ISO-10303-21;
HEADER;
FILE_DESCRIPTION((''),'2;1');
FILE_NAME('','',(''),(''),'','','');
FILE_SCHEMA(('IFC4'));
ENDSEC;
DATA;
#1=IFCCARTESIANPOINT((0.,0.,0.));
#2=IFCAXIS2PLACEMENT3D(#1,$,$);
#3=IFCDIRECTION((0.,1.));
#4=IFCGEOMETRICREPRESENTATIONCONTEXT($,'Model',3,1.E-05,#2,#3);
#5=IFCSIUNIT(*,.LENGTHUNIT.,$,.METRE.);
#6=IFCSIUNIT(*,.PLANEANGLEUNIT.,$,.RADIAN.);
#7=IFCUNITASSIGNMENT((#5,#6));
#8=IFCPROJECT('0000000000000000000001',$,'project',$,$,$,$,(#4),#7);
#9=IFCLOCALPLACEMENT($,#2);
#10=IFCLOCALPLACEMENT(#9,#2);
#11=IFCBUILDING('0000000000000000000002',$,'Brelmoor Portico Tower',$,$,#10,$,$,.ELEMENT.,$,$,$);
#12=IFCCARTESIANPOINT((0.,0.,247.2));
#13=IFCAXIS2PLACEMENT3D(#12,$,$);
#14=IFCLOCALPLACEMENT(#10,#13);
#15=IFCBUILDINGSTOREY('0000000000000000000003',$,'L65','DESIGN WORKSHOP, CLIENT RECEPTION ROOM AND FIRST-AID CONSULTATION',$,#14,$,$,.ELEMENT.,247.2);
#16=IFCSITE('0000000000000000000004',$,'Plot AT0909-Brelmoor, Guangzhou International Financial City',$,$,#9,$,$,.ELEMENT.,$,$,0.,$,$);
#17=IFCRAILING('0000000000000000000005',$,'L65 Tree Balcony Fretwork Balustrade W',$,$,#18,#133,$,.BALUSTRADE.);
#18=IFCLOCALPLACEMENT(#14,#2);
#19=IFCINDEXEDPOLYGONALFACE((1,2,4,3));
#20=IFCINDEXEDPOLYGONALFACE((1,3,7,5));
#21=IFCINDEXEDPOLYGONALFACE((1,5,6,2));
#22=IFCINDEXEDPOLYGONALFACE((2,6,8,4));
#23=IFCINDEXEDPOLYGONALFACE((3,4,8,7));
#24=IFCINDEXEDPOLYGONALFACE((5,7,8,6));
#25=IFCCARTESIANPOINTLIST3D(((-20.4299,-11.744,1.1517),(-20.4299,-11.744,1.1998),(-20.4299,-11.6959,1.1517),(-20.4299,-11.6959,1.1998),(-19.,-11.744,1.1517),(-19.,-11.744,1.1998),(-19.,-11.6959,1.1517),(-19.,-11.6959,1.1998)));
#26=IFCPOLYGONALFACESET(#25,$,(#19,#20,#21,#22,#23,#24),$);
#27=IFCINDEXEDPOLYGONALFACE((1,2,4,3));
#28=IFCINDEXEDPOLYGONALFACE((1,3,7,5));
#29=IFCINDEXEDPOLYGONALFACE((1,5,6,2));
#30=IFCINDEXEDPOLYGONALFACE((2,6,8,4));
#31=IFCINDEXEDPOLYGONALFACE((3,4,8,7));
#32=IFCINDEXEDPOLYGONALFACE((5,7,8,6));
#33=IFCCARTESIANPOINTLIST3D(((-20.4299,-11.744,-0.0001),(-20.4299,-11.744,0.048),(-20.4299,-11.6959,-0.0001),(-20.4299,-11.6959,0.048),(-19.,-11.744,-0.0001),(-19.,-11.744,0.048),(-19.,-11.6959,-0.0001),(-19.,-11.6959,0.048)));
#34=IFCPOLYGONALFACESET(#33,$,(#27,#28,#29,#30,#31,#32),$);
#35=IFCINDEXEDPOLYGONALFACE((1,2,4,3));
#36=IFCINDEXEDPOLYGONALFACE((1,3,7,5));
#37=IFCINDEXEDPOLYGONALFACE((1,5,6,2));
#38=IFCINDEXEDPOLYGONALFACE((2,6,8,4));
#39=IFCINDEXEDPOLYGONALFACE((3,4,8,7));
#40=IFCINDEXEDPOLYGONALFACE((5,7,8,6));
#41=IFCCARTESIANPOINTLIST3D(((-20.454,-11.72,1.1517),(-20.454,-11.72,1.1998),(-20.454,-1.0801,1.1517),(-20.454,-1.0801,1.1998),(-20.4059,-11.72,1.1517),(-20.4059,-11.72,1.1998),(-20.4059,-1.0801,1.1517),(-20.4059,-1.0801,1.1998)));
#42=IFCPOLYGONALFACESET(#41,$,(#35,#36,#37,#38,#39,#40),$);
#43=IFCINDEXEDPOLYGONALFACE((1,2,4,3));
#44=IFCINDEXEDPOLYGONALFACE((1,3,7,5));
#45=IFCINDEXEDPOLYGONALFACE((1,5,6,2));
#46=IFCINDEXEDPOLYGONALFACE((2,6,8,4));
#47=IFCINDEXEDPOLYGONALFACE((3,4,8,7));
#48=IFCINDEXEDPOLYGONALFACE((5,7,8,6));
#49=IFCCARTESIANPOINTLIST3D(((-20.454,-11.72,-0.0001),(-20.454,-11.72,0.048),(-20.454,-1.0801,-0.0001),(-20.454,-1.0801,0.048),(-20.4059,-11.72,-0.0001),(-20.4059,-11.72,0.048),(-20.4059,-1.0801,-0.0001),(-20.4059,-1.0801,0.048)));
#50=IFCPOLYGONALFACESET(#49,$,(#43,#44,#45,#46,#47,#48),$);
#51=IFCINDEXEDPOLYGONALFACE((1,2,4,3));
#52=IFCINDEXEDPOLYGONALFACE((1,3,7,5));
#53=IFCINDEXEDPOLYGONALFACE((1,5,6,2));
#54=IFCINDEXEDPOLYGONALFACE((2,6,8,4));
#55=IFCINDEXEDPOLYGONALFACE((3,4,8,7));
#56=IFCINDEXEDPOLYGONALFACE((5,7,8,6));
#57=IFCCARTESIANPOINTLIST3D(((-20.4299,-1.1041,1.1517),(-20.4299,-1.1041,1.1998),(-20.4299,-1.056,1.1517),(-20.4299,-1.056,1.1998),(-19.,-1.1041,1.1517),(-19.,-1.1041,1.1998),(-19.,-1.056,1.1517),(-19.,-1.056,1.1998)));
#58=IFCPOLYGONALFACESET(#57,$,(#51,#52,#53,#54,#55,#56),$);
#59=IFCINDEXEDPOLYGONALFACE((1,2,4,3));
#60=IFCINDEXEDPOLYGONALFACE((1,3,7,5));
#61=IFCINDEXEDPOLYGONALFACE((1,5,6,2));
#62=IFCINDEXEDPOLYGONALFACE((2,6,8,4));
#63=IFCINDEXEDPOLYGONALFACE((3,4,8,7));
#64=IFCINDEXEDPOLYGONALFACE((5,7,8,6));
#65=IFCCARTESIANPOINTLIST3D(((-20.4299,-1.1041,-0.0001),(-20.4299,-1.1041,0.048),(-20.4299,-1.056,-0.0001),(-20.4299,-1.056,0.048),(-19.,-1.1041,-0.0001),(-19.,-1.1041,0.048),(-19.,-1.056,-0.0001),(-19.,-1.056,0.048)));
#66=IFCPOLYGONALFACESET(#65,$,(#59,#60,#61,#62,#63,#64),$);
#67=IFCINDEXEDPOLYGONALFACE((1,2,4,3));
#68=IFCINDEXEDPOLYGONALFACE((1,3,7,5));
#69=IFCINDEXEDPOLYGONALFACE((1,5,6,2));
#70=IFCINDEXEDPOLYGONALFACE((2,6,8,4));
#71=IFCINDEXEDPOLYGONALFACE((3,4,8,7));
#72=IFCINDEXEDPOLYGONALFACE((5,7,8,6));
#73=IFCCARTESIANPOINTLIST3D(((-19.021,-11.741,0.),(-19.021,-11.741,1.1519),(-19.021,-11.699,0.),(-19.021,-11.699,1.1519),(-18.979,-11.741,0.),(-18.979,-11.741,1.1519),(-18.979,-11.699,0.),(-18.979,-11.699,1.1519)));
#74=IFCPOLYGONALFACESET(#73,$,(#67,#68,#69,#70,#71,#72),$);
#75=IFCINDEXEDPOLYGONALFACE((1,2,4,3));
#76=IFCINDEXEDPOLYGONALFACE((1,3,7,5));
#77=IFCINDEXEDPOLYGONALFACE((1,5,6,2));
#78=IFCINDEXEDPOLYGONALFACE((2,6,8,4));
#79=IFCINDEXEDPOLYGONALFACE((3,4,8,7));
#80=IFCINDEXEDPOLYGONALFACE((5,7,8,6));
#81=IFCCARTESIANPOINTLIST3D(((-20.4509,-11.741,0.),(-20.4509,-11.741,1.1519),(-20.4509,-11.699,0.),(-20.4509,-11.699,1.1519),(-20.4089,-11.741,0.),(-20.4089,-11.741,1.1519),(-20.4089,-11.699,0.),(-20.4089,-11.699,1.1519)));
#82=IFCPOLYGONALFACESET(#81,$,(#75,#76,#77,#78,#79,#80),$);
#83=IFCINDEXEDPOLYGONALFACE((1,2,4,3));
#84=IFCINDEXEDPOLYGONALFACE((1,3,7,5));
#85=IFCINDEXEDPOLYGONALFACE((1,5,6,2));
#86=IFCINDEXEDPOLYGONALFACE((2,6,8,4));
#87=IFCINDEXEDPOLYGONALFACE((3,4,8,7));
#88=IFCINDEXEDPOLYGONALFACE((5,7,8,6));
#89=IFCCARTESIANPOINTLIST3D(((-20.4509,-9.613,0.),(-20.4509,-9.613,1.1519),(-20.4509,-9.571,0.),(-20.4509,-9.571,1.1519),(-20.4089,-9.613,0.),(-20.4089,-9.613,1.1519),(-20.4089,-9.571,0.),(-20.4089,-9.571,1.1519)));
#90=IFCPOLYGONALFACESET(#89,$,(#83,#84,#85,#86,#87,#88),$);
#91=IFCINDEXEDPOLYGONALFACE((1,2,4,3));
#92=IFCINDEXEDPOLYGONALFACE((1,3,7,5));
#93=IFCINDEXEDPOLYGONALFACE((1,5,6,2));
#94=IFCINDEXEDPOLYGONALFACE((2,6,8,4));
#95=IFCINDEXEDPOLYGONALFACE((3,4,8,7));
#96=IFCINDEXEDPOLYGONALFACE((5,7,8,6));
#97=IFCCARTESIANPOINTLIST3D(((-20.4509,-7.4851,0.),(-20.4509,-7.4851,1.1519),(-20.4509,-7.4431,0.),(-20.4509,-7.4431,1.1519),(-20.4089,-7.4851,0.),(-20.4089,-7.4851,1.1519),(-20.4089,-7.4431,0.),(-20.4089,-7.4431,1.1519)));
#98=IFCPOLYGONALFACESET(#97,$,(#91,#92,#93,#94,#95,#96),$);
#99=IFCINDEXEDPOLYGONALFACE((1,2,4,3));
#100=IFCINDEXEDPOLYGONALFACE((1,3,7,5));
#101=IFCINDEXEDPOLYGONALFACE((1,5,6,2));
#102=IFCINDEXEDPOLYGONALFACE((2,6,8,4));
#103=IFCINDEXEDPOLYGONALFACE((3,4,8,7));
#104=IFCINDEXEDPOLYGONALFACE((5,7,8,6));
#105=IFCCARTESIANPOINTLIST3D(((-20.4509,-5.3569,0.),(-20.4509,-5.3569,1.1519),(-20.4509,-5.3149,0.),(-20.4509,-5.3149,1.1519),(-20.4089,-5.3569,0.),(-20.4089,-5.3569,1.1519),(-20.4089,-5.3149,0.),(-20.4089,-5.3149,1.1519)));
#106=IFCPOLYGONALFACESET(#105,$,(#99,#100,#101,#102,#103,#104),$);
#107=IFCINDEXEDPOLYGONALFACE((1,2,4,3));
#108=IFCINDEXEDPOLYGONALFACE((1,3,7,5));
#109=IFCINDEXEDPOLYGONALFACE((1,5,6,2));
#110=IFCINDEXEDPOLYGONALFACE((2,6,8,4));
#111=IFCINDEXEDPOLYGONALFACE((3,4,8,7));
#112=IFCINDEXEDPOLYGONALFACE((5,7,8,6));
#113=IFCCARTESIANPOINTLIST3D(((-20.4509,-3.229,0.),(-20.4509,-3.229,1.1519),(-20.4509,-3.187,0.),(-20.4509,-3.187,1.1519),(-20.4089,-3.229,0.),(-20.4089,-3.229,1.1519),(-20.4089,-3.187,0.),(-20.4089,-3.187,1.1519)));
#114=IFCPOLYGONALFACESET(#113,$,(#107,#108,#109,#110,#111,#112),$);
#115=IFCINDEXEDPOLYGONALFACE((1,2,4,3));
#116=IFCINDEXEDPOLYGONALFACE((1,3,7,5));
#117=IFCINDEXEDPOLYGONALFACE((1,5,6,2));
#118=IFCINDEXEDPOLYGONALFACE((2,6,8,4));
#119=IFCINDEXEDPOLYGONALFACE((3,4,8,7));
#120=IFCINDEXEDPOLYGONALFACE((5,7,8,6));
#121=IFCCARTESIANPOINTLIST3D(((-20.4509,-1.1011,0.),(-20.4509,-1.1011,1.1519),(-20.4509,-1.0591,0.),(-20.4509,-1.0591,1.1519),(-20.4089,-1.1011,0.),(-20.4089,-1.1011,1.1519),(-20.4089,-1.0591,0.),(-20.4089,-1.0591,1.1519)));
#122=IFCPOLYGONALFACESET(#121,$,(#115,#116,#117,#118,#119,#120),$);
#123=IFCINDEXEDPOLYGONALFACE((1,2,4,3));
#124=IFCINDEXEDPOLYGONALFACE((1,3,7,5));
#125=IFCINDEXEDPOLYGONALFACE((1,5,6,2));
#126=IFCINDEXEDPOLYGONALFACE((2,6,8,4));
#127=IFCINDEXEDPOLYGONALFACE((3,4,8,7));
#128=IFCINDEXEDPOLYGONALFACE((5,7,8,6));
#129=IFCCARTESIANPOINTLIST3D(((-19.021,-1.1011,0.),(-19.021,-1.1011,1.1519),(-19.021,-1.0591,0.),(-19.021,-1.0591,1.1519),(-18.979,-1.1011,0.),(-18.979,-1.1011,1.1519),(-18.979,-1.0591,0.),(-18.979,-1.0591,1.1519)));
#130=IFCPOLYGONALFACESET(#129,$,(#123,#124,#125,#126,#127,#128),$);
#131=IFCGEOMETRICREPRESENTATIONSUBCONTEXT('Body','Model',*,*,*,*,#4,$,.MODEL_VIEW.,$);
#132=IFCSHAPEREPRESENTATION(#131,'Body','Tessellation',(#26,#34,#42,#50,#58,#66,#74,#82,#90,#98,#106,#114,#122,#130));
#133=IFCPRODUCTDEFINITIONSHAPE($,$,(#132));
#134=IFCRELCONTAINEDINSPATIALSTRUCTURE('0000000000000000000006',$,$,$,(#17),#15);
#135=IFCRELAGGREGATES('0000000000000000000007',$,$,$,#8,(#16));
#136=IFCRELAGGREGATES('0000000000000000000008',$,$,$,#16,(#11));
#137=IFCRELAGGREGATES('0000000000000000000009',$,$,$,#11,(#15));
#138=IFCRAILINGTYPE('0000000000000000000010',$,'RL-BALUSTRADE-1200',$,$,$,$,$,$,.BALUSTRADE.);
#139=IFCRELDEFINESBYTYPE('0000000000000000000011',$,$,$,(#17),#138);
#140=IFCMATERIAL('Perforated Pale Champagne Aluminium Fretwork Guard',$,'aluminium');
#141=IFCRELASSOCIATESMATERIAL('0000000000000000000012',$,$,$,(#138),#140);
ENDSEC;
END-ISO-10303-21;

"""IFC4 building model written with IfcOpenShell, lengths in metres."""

from ifc_helpers import new_model, si_unit, direction, frame, origin, origin_2d, place, context, subcontext, project, spatial, rectangle, extrude, material, type_object, element, save


model = new_model("IFC4")

# Units and contexts
model_context = context("Model", 3, precision=1e-05, world=origin(), true_north=direction((0.0, 1.0)))
body_context = subcontext(model_context, "Body", "Model", "MODEL_VIEW")
ifc_project = project(units=[si_unit("LENGTHUNIT", "METRE"), si_unit("PLANEANGLEUNIT", "RADIAN")], contexts=[model_context])

# Site, building, storey
site_placement = place(None, origin())
site = spatial("IfcSite", under=ifc_project, at=site_placement, Name="Plot AT0909-Brelmoor, Guangzhou International Financial City", CompositionType="ELEMENT", RefElevation=0.0)
building_placement = place(site_placement, origin())
building = spatial("IfcBuilding", under=site, at=building_placement, Name="Brelmoor Portico Tower", CompositionType="ELEMENT")
storey_placement = place(building_placement, frame((0.0, 0.0, 247.2)))
storey = spatial("IfcBuildingStorey", under=building, at=storey_placement, Name="L65", Description="DESIGN WORKSHOP, CLIENT RECEPTION ROOM AND FIRST-AID CONSULTATION", CompositionType="ELEMENT", Elevation=247.2)

# Railing
ifc_material_1 = material(Name="Perforated Pale Champagne Aluminium Fretwork Guard", Category="aluminium")
railing_type = type_object("IfcRailingType", Name="RL-BALUSTRADE-1200", PredefinedType="BALUSTRADE", material=ifc_material_1)
railing_1_placement = place(storey_placement, frame((-19.0, -11.72, 0.0)))
element("IfcRailing", 1, at=railing_1_placement, inside=storey, type_object=railing_type, Name="L65 Tree Balcony Fretwork Balustrade W", PredefinedType="BALUSTRADE", context=body_context, shape_type="SweptSolid", body=[
    extrude(rectangle(XDim=0.0481, YDim=0.0481, at=origin_2d()), frame((0.0, 0.0, 1.1758), z_axis=(-1.0, 0.0, 0.0), x_axis=(0.0, -1.0, 0.0)), (0.0, 0.0, 1.0), 1.4299),
    extrude(rectangle(XDim=0.0481, YDim=0.0481, at=origin_2d()), frame((0.0, 0.0, 0.0239), z_axis=(-1.0, 0.0, 0.0), x_axis=(0.0, -1.0, 0.0)), (0.0, 0.0, 1.0), 1.4299),
    extrude(rectangle(XDim=0.0481, YDim=0.0481, at=origin_2d()), frame((-1.4299, 0.0, 1.1758), z_axis=(0.0, 1.0, 0.0), x_axis=(-1.0, 0.0, 0.0)), (0.0, 0.0, 1.0), 10.6399),
    extrude(rectangle(XDim=0.0481, YDim=0.0481, at=origin_2d()), frame((-1.4299, 0.0, 0.0239), z_axis=(0.0, 1.0, 0.0), x_axis=(-1.0, 0.0, 0.0)), (0.0, 0.0, 1.0), 10.6399),
    extrude(rectangle(XDim=0.0481, YDim=0.0481, at=origin_2d()), frame((-1.4299, 10.6399, 1.1758), z_axis=(1.0, 0.0, 0.0), x_axis=(0.0, 1.0, 0.0)), (0.0, 0.0, 1.0), 1.4299),
    extrude(rectangle(XDim=0.0481, YDim=0.0481, at=origin_2d()), frame((-1.4299, 10.6399, 0.0239), z_axis=(1.0, 0.0, 0.0), x_axis=(0.0, 1.0, 0.0)), (0.0, 0.0, 1.0), 1.4299),
    extrude(rectangle(XDim=0.042, YDim=0.042, at=origin_2d()), origin(), (0.0, 0.0, 1.0), 1.1519),
    extrude(rectangle(XDim=0.042, YDim=0.042, at=origin_2d()), frame((-1.4299, 0.0, 0.0)), (0.0, 0.0, 1.0), 1.1519),
    extrude(rectangle(XDim=0.042, YDim=0.042, at=origin_2d()), frame((-1.4299, 2.1279, 0.0)), (0.0, 0.0, 1.0), 1.1519),
    extrude(rectangle(XDim=0.042, YDim=0.042, at=origin_2d()), frame((-1.4299, 4.2559, 0.0)), (0.0, 0.0, 1.0), 1.1519),
    extrude(rectangle(XDim=0.042, YDim=0.042, at=origin_2d()), frame((-1.4299, 6.384, 0.0)), (0.0, 0.0, 1.0), 1.1519),
    extrude(rectangle(XDim=0.042, YDim=0.042, at=origin_2d()), frame((-1.4299, 8.512, 0.0)), (0.0, 0.0, 1.0), 1.1519),
    extrude(rectangle(XDim=0.042, YDim=0.042, at=origin_2d()), frame((-1.4299, 10.6399, 0.0)), (0.0, 0.0, 1.0), 1.1519),
    extrude(rectangle(XDim=0.042, YDim=0.042, at=origin_2d()), frame((0.0, 10.6399, 0.0)), (0.0, 0.0, 1.0), 1.1519),
])

save(model, "model.ifc")
